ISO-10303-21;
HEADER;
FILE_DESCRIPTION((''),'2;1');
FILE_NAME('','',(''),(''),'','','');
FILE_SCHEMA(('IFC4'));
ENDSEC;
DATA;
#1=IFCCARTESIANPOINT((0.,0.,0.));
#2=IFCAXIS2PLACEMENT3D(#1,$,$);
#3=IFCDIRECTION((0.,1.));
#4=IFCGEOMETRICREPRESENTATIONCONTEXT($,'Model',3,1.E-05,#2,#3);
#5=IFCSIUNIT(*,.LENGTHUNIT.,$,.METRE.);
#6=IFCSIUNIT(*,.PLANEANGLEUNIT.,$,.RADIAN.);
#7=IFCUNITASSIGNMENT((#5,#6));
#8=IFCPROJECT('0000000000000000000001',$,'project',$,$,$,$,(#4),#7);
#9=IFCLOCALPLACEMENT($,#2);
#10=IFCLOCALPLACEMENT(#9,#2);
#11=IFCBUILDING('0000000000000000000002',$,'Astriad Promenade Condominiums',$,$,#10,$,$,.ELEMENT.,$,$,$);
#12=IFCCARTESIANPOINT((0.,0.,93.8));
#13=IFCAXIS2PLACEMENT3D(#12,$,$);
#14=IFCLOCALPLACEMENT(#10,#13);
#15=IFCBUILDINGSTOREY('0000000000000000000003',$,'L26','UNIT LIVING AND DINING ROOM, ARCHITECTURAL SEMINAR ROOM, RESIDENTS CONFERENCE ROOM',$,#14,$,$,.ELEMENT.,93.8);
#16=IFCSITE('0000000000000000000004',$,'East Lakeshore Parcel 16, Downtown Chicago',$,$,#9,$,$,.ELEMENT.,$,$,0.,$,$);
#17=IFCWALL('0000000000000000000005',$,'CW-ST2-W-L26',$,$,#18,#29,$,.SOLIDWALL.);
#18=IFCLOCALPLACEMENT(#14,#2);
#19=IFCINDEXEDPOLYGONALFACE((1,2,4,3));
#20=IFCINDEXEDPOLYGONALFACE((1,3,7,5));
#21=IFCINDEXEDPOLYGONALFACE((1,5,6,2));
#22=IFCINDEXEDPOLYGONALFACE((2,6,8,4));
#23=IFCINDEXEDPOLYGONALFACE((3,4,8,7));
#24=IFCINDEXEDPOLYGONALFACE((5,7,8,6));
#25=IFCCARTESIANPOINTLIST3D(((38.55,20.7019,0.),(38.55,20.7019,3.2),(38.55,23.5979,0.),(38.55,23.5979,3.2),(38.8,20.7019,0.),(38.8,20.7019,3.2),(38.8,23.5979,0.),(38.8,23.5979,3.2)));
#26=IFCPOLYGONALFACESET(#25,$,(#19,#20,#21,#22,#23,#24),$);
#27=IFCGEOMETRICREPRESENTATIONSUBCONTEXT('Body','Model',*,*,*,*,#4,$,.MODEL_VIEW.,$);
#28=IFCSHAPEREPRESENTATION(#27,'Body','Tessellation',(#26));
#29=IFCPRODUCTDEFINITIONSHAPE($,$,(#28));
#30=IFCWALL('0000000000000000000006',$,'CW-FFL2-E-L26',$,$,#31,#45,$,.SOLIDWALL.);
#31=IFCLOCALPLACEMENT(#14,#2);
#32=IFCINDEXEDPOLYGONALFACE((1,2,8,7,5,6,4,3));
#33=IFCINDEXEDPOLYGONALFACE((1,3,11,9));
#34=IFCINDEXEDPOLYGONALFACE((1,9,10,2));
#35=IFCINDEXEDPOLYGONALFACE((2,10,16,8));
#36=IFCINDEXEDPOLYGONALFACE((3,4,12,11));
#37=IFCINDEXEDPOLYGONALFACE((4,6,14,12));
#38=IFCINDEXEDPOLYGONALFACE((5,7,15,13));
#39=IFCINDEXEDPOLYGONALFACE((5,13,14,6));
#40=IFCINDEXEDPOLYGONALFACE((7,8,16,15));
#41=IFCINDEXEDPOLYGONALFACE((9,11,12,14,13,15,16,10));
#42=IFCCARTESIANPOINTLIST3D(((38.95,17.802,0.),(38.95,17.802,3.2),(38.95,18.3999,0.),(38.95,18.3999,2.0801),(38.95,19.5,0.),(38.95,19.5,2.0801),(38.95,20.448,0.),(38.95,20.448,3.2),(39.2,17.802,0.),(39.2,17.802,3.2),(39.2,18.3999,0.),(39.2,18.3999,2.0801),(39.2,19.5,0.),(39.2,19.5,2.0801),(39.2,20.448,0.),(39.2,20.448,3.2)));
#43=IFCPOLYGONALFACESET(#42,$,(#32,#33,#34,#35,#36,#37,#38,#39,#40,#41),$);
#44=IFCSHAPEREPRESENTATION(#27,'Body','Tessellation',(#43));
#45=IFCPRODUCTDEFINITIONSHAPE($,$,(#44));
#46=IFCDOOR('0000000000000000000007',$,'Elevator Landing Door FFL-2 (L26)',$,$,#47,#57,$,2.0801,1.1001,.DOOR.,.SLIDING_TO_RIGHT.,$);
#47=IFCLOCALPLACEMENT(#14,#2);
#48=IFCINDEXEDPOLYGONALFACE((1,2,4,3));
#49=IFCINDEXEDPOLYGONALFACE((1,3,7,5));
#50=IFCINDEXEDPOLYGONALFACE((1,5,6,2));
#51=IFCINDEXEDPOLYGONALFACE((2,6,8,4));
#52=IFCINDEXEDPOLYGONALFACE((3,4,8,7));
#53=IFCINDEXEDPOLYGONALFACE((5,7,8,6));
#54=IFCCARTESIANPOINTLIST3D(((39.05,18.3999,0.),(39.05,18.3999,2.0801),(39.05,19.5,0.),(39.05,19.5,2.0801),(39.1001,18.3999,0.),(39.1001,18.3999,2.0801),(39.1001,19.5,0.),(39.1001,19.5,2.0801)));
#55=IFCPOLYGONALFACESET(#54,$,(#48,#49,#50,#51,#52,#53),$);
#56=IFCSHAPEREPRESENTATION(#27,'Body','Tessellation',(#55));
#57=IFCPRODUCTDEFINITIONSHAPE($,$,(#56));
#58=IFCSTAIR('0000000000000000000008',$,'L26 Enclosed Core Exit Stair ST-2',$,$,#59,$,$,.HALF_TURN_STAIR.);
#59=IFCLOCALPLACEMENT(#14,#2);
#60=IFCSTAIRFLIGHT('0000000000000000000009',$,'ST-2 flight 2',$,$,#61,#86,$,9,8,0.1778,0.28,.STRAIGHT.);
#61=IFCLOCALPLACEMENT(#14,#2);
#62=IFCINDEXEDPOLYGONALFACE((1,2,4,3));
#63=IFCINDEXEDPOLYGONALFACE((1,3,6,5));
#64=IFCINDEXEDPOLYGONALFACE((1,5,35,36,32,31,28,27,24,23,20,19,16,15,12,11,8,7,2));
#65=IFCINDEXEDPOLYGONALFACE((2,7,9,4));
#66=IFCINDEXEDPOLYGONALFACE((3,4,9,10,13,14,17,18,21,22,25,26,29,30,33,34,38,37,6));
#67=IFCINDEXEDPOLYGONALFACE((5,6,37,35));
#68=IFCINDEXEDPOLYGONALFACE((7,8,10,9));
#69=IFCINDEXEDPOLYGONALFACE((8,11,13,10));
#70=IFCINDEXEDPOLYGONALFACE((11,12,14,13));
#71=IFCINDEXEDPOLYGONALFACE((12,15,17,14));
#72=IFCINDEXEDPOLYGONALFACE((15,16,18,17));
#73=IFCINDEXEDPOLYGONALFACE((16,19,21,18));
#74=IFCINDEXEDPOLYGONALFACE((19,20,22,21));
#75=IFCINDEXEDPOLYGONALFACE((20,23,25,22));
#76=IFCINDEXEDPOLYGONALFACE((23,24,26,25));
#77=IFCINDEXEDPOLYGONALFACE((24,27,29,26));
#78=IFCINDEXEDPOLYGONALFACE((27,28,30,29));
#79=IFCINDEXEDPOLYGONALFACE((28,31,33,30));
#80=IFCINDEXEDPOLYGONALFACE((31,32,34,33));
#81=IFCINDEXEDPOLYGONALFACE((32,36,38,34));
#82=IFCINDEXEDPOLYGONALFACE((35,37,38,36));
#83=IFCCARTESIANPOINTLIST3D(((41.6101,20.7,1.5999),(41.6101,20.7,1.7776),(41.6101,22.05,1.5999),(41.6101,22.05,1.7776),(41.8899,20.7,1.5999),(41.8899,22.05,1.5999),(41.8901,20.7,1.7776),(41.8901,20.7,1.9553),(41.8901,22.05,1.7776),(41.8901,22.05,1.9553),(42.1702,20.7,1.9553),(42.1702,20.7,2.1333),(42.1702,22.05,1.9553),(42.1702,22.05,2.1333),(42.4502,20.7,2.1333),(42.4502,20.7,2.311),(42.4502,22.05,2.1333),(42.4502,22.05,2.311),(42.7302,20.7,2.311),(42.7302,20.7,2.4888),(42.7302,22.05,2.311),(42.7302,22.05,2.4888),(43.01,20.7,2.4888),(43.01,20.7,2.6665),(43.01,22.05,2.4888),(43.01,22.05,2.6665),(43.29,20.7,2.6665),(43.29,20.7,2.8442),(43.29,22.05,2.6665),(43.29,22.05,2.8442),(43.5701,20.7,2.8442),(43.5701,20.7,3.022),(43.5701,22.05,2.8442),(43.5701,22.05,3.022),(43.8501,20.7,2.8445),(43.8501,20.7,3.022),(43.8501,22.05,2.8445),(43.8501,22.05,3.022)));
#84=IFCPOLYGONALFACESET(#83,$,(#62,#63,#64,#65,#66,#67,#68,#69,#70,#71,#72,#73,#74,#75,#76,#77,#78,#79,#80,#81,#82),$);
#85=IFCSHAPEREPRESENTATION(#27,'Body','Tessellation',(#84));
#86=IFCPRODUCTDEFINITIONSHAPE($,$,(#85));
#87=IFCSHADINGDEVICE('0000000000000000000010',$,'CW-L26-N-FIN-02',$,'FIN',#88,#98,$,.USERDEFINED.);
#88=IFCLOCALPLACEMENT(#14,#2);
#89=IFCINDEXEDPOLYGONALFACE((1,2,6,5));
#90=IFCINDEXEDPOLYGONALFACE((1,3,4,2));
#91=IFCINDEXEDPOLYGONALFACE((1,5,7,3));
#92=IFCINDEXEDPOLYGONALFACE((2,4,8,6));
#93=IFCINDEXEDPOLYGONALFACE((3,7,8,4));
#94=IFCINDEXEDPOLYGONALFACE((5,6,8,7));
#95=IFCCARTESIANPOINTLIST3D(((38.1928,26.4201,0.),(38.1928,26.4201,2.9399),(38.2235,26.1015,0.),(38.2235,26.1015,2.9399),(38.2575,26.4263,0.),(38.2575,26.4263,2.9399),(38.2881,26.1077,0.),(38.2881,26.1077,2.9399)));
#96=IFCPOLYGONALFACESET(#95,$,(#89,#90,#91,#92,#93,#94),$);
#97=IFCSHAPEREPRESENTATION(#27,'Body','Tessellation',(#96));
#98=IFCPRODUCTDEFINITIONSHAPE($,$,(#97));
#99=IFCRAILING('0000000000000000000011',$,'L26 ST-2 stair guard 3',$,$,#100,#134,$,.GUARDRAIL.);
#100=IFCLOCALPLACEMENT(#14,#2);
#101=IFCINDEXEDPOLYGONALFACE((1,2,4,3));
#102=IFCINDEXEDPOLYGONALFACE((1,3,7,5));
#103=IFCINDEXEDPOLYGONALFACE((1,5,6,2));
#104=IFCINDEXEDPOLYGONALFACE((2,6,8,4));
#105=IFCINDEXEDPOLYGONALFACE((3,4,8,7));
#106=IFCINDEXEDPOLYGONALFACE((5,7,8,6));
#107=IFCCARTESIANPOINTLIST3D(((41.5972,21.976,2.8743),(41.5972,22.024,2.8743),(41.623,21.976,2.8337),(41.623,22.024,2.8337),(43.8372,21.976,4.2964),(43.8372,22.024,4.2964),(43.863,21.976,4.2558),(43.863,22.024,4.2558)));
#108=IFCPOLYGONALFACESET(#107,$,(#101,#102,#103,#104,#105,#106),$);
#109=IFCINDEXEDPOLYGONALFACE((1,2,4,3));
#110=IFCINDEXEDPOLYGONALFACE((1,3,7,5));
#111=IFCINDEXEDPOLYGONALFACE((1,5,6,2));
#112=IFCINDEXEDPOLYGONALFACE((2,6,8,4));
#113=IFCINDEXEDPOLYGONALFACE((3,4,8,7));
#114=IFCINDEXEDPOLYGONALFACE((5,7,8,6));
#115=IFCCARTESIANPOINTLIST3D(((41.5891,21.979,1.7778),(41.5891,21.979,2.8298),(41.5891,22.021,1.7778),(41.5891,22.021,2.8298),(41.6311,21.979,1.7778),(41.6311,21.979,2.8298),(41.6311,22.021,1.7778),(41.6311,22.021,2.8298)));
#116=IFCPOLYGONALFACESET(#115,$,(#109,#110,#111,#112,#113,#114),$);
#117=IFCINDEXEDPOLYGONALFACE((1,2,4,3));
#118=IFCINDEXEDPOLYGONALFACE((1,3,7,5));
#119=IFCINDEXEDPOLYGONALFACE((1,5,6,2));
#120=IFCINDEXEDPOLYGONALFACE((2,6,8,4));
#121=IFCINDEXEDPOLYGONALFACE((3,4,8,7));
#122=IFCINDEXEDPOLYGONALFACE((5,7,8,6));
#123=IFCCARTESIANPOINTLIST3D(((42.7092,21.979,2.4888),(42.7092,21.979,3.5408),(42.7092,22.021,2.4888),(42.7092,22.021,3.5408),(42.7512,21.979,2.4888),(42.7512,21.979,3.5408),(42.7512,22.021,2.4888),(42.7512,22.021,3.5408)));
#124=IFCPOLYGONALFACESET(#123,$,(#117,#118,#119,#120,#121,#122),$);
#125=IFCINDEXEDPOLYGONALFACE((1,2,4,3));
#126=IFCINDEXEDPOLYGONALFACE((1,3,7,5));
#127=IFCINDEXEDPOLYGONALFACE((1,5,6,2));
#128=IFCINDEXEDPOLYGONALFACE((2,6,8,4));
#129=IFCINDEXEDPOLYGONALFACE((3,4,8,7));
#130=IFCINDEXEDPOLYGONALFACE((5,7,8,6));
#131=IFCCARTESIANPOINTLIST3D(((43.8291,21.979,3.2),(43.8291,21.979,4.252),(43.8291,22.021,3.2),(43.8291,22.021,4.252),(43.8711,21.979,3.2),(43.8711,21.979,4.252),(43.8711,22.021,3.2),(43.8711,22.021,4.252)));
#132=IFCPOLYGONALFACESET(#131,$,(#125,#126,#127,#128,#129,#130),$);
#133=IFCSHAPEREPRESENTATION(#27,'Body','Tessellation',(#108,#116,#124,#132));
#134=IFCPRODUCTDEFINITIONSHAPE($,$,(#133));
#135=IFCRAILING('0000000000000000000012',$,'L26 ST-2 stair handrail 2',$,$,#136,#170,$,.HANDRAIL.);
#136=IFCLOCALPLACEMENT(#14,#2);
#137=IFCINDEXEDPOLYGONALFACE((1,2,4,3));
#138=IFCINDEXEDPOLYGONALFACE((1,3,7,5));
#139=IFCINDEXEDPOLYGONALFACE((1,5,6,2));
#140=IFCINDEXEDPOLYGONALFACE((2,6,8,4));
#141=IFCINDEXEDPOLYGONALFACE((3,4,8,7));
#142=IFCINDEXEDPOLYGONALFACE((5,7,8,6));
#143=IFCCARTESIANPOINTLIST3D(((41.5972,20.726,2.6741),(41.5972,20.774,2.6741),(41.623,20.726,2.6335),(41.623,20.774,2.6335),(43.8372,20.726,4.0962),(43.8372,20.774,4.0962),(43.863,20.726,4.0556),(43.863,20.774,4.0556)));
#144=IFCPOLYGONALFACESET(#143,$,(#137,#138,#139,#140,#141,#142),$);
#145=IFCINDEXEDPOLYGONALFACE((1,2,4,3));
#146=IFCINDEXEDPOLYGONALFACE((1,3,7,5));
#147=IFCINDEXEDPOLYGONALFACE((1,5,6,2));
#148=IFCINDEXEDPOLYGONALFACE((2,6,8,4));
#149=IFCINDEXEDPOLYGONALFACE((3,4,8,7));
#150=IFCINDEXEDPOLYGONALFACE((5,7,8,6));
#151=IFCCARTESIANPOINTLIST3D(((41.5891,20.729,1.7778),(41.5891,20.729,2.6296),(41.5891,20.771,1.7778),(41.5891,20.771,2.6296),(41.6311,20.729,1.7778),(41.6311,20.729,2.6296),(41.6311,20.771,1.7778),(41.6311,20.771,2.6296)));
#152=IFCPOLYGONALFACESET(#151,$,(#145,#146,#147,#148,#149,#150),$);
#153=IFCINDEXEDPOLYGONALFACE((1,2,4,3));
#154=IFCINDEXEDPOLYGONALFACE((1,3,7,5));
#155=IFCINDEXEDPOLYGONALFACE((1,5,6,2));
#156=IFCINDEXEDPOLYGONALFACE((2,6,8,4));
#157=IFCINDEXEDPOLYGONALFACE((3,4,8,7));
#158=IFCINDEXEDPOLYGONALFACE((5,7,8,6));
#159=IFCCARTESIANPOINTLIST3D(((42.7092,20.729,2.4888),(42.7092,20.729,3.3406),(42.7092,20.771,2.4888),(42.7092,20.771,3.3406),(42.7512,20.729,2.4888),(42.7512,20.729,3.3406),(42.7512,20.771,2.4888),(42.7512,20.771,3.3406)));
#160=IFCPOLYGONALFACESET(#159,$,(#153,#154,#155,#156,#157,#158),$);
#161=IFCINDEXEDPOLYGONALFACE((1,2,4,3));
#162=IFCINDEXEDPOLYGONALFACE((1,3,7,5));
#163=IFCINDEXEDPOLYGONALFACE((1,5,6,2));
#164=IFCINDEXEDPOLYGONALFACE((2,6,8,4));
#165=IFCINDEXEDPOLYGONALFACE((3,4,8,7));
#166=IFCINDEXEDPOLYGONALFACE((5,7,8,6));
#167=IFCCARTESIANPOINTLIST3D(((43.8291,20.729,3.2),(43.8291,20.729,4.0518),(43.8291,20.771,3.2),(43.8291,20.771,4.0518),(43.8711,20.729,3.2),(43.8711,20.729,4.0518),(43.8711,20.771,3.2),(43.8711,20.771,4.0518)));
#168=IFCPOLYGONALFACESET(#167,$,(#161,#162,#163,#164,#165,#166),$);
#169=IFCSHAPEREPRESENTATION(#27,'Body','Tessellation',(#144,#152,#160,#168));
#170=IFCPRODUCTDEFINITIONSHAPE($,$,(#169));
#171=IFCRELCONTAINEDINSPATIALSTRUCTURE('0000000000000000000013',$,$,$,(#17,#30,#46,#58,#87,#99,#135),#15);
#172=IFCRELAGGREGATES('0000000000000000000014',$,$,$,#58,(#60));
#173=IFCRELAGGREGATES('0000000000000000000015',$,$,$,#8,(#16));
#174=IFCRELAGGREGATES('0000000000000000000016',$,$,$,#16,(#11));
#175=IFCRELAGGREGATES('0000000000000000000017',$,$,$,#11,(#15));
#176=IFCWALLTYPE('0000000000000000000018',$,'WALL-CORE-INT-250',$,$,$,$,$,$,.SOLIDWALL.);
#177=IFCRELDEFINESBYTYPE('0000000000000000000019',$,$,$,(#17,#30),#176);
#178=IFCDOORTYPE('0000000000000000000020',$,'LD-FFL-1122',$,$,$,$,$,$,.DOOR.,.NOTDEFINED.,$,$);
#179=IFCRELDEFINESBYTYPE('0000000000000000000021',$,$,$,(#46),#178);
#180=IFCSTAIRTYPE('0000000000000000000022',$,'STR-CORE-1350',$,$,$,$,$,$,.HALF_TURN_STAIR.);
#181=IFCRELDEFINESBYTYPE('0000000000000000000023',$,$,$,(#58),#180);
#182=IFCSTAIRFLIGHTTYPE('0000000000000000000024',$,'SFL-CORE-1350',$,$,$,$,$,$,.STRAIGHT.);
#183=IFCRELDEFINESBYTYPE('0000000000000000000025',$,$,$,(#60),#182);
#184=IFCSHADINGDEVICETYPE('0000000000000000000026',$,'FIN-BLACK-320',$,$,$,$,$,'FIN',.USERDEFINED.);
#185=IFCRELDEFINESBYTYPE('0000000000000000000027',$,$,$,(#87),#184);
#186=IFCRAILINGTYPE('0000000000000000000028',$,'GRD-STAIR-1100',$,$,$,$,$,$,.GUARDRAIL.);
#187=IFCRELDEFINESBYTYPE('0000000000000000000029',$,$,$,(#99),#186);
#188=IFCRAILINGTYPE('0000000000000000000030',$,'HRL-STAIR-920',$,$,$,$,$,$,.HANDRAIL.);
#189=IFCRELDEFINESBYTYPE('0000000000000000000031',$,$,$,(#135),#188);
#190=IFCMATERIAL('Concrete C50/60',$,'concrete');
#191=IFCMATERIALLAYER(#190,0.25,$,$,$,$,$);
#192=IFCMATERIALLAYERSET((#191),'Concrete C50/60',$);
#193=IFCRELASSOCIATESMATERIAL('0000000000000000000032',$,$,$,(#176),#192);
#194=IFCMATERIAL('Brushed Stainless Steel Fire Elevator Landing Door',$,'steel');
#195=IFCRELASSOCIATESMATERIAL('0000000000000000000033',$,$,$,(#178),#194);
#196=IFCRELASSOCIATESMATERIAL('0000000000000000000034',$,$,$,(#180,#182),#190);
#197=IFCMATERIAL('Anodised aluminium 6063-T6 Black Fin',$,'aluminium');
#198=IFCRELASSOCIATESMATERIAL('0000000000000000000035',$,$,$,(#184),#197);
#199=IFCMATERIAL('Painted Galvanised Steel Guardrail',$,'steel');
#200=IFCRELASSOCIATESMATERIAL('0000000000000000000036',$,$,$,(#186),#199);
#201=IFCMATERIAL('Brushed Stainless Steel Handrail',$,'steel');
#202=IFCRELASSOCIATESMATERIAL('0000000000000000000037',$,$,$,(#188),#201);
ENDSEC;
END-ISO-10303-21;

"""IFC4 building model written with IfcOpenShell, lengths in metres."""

from ifc_helpers import new_model, si_unit, direction, frame, frame_2d, origin, origin_2d, place, context, subcontext, project, spatial, polyline, rectangle, outline, extrude, source, transform, mapped, material, layer, layer_set, type_object, type_shapes, element, fill, aggregate, save


model = new_model("IFC4")

# Units and contexts
model_context = context("Model", 3, precision=1e-05, world=origin(), true_north=direction((0.0, 1.0)))
body_context = subcontext(model_context, "Body", "Model", "MODEL_VIEW")
ifc_project = project(units=[si_unit("LENGTHUNIT", "METRE"), si_unit("PLANEANGLEUNIT", "RADIAN")], contexts=[model_context])

# Site, building, storey
site_placement = place(None, origin())
site = spatial("IfcSite", under=ifc_project, at=site_placement, Name="East Lakeshore Parcel 16, Downtown Chicago", CompositionType="ELEMENT", RefElevation=0.0)
building_placement = place(site_placement, origin())
building = spatial("IfcBuilding", under=site, at=building_placement, Name="Astriad Promenade Condominiums", CompositionType="ELEMENT")
storey_placement = place(building_placement, frame((0.0, 0.0, 93.8)))
storey = spatial("IfcBuildingStorey", under=building, at=storey_placement, Name="L26", Description="UNIT LIVING AND DINING ROOM, ARCHITECTURAL SEMINAR ROOM, RESIDENTS CONFERENCE ROOM", CompositionType="ELEMENT", Elevation=93.8)

# Wall
ifc_material_1 = material(Name="Concrete C50/60", Category="concrete")
ifc_layer_1 = layer(ifc_material_1, 0.25)
ifc_layer_set_1 = layer_set([ifc_layer_1], Name="Concrete C50/60")
wall_type = type_object("IfcWallType", Name="WALL-CORE-INT-250", PredefinedType="SOLIDWALL", material=ifc_layer_set_1)
wall_1_placement = place(storey_placement, frame((38.675, 20.7019, 0.0), z_axis=(0.0, 0.0, 1.0), x_axis=(0.0, 1.0, 0.0)))
element("IfcWall", 1, at=wall_1_placement, inside=storey, type_object=wall_type, Name="CW-ST2-W-L26", PredefinedType="SOLIDWALL", context=body_context, shape_type="SweptSolid", body=[
    extrude(rectangle(XDim=2.896, YDim=0.25, at=frame_2d((1.448, 0.0))), origin(), (0.0, 0.0, 1.0), 3.2),
])

# Wall, opening, door
wall_2_placement = place(storey_placement, frame((39.075, 17.802, 0.0), z_axis=(0.0, 0.0, 1.0), x_axis=(0.0, 1.0, 0.0)))
wall_2 = element("IfcWall", 2, at=wall_2_placement, inside=storey, type_object=wall_type, Name="CW-FFL2-E-L26", PredefinedType="SOLIDWALL", context=body_context, shape_type="SweptSolid", body=[
    extrude(rectangle(XDim=2.646, YDim=0.25, at=frame_2d((1.323, 0.0))), origin(), (0.0, 0.0, 1.0), 3.2),
])
opening_placement = place(wall_2_placement, frame((0.5979, 0.0, 0.0)))
opening = element("IfcOpeningElement", 3, at=opening_placement, cuts=wall_2, PredefinedType="OPENING", context=body_context, shape_type="SweptSolid", body=[
    extrude(rectangle(XDim=1.1001, YDim=2.0801, at=frame_2d((0.55, 1.04))), frame((0.0, 0.135, 0.0), z_axis=(0.0, -1.0, 0.0), x_axis=(1.0, 0.0, 0.0)), (0.0, 0.0, 1.0), 0.27),
])
ifc_material_2 = material(Name="Brushed Stainless Steel Fire Elevator Landing Door", Category="steel")
door_type = type_object("IfcDoorType", Name="LD-FFL-1122", OperationType="NOTDEFINED", PredefinedType="DOOR", material=ifc_material_2)
shared_shape_1 = source(origin(), body_context, "Body", "SweptSolid", [
    extrude(rectangle(XDim=1.1001, YDim=2.0801, at=frame_2d((0.55, 1.04))), frame((0.0, 0.0249, 0.0), z_axis=(0.0, -1.0, 0.0), x_axis=(1.0, 0.0, 0.0)), (0.0, 0.0, 1.0), 0.05),
])
type_shapes(door_type, [shared_shape_1])
door_placement = place(opening_placement, origin())
door = element("IfcDoor", 4, at=door_placement, inside=storey, type_object=door_type, Name="Elevator Landing Door FFL-2 (L26)", OperationType="SLIDING_TO_RIGHT", OverallHeight=2.0801, OverallWidth=1.1001, PredefinedType="DOOR", context=body_context, shape_type="MappedRepresentation", body=[
    mapped(shared_shape_1, transform((0.0, 0.0, 0.0), scale=1.0)),
])
fill(opening, door)

# Stair, stair flight
stair_type = type_object("IfcStairType", Name="STR-CORE-1350", PredefinedType="HALF_TURN_STAIR", material=ifc_material_1)
stair_placement = place(storey_placement, origin())
stair = element("IfcStair", 5, at=stair_placement, inside=storey, type_object=stair_type, Name="L26 Enclosed Core Exit Stair ST-2", PredefinedType="HALF_TURN_STAIR")
stair_flight_type = type_object("IfcStairFlightType", Name="SFL-CORE-1350", PredefinedType="STRAIGHT", material=ifc_material_1)
shared_shape_2 = source(origin(), body_context, "Body", "SweptSolid", [
    extrude(outline(polyline([(0.0, 0.0), (0.0, 0.1777), (0.28, 0.1777), (0.28, 0.3555), (0.5601, 0.3555), (0.5601, 0.5334), (0.8401, 0.5334), (0.8401, 0.7112), (1.1201, 0.7112), (1.1201, 0.8889), (1.3999, 0.8889), (1.3999, 1.0667), (1.6799, 1.0667), (1.6799, 1.2444), (1.96, 1.2444), (1.96, 1.4221), (2.24, 1.4221), (2.24, 1.6001), (2.24, 1.2446), (0.2798, 0.0), (0.0, 0.0)])), frame((0.0, 0.675, 0.0), z_axis=(0.0, -1.0, 0.0), x_axis=(1.0, 0.0, 0.0)), (0.0, 0.0, 1.0), 1.3501),
])
type_shapes(stair_flight_type, [shared_shape_2])
stair_flight_placement = place(storey_placement, frame((41.6101, 21.375, 1.5999), z_axis=(0.0, 0.0, 1.0), x_axis=(1.0, 0.0, 0.0)))
stair_flight = element("IfcStairFlight", 6, at=stair_flight_placement, type_object=stair_flight_type, Name="ST-2 flight 2", NumberOfRisers=9, NumberOfTreads=8, PredefinedType="STRAIGHT", RiserHeight=0.1778, TreadLength=0.28, context=body_context, shape_type="MappedRepresentation", body=[
    mapped(shared_shape_2, transform((0.0, 0.0, 0.0), scale=1.0)),
])
aggregate(stair, [stair_flight])

# Shading device
ifc_material_3 = material(Name="Anodised aluminium 6063-T6 Black Fin", Category="aluminium")
shading_device_type = type_object("IfcShadingDeviceType", Name="FIN-BLACK-320", ElementType="FIN", PredefinedType="USERDEFINED", material=ifc_material_3)
shared_shape_3 = source(origin(), body_context, "Body", "SweptSolid", [
    extrude(rectangle(XDim=0.0649, YDim=0.3201, at=origin_2d()), origin(), (0.0, 0.0, 1.0), 2.9399),
])
type_shapes(shading_device_type, [shared_shape_3])
shading_device_placement = place(storey_placement, frame((38.2405, 26.2639, 0.0), z_axis=(0.0, 0.0, 1.0), x_axis=(0.995396, 0.095846, 0.0)))
element("IfcShadingDevice", 7, at=shading_device_placement, inside=storey, type_object=shading_device_type, Name="CW-L26-N-FIN-02", ObjectType="FIN", PredefinedType="USERDEFINED", context=body_context, shape_type="MappedRepresentation", body=[
    mapped(shared_shape_3, transform((0.0, 0.0, 0.0), scale=1.0)),
])

# Railings
ifc_material_4 = material(Name="Painted Galvanised Steel Guardrail", Category="steel")
railing_type_1 = type_object("IfcRailingType", Name="GRD-STAIR-1100", PredefinedType="GUARDRAIL", material=ifc_material_4)
shared_shape_4 = source(origin(), body_context, "Body", "SweptSolid", [
    extrude(rectangle(XDim=0.0481, YDim=0.0481, at=origin_2d()), frame((0.0, 0.0, 1.0762), z_axis=(0.844229, 0.0, 0.535982), x_axis=(0.0, 1.0, 0.0)), (0.0, 0.0, 1.0), 2.6533),
    extrude(rectangle(XDim=0.042, YDim=0.042, at=origin_2d()), origin(), (0.0, 0.0, 1.0), 1.052),
    extrude(rectangle(XDim=0.042, YDim=0.042, at=origin_2d()), frame((1.1201, 0.0, 0.7109)), (0.0, 0.0, 1.0), 1.052),
    extrude(rectangle(XDim=0.042, YDim=0.042, at=origin_2d()), frame((2.24, 0.0, 1.4221)), (0.0, 0.0, 1.0), 1.052),
])
railing_1_placement = place(storey_placement, frame((41.6101, 22.0, 1.7778)))
element("IfcRailing", 8, at=railing_1_placement, inside=storey, type_object=railing_type_1, Name="L26 ST-2 stair guard 3", PredefinedType="GUARDRAIL", context=body_context, shape_type="MappedRepresentation", body=[
    mapped(shared_shape_4, transform((0.0, 0.0, 0.0), scale=1.0)),
])
ifc_material_5 = material(Name="Brushed Stainless Steel Handrail", Category="steel")
railing_type_2 = type_object("IfcRailingType", Name="HRL-STAIR-920", PredefinedType="HANDRAIL", material=ifc_material_5)
shared_shape_5 = source(origin(), body_context, "Body", "SweptSolid", [
    extrude(rectangle(XDim=0.0481, YDim=0.0481, at=origin_2d()), frame((0.0, 0.0, 0.876), z_axis=(0.844229, 0.0, 0.535982), x_axis=(0.0, 1.0, 0.0)), (0.0, 0.0, 1.0), 2.6533),
    extrude(rectangle(XDim=0.042, YDim=0.042, at=origin_2d()), origin(), (0.0, 0.0, 1.0), 0.8518),
    extrude(rectangle(XDim=0.042, YDim=0.042, at=origin_2d()), frame((1.1201, 0.0, 0.7109)), (0.0, 0.0, 1.0), 0.8518),
    extrude(rectangle(XDim=0.042, YDim=0.042, at=origin_2d()), frame((2.24, 0.0, 1.4221)), (0.0, 0.0, 1.0), 0.8518),
])
type_shapes(railing_type_2, [shared_shape_5])
railing_2_placement = place(storey_placement, frame((41.6101, 20.75, 1.7778)))
element("IfcRailing", 9, at=railing_2_placement, inside=storey, type_object=railing_type_2, Name="L26 ST-2 stair handrail 2", PredefinedType="HANDRAIL", context=body_context, shape_type="MappedRepresentation", body=[
    mapped(shared_shape_5, transform((0.0, 0.0, 0.0), scale=1.0)),
])

save(model, "model.ifc")
